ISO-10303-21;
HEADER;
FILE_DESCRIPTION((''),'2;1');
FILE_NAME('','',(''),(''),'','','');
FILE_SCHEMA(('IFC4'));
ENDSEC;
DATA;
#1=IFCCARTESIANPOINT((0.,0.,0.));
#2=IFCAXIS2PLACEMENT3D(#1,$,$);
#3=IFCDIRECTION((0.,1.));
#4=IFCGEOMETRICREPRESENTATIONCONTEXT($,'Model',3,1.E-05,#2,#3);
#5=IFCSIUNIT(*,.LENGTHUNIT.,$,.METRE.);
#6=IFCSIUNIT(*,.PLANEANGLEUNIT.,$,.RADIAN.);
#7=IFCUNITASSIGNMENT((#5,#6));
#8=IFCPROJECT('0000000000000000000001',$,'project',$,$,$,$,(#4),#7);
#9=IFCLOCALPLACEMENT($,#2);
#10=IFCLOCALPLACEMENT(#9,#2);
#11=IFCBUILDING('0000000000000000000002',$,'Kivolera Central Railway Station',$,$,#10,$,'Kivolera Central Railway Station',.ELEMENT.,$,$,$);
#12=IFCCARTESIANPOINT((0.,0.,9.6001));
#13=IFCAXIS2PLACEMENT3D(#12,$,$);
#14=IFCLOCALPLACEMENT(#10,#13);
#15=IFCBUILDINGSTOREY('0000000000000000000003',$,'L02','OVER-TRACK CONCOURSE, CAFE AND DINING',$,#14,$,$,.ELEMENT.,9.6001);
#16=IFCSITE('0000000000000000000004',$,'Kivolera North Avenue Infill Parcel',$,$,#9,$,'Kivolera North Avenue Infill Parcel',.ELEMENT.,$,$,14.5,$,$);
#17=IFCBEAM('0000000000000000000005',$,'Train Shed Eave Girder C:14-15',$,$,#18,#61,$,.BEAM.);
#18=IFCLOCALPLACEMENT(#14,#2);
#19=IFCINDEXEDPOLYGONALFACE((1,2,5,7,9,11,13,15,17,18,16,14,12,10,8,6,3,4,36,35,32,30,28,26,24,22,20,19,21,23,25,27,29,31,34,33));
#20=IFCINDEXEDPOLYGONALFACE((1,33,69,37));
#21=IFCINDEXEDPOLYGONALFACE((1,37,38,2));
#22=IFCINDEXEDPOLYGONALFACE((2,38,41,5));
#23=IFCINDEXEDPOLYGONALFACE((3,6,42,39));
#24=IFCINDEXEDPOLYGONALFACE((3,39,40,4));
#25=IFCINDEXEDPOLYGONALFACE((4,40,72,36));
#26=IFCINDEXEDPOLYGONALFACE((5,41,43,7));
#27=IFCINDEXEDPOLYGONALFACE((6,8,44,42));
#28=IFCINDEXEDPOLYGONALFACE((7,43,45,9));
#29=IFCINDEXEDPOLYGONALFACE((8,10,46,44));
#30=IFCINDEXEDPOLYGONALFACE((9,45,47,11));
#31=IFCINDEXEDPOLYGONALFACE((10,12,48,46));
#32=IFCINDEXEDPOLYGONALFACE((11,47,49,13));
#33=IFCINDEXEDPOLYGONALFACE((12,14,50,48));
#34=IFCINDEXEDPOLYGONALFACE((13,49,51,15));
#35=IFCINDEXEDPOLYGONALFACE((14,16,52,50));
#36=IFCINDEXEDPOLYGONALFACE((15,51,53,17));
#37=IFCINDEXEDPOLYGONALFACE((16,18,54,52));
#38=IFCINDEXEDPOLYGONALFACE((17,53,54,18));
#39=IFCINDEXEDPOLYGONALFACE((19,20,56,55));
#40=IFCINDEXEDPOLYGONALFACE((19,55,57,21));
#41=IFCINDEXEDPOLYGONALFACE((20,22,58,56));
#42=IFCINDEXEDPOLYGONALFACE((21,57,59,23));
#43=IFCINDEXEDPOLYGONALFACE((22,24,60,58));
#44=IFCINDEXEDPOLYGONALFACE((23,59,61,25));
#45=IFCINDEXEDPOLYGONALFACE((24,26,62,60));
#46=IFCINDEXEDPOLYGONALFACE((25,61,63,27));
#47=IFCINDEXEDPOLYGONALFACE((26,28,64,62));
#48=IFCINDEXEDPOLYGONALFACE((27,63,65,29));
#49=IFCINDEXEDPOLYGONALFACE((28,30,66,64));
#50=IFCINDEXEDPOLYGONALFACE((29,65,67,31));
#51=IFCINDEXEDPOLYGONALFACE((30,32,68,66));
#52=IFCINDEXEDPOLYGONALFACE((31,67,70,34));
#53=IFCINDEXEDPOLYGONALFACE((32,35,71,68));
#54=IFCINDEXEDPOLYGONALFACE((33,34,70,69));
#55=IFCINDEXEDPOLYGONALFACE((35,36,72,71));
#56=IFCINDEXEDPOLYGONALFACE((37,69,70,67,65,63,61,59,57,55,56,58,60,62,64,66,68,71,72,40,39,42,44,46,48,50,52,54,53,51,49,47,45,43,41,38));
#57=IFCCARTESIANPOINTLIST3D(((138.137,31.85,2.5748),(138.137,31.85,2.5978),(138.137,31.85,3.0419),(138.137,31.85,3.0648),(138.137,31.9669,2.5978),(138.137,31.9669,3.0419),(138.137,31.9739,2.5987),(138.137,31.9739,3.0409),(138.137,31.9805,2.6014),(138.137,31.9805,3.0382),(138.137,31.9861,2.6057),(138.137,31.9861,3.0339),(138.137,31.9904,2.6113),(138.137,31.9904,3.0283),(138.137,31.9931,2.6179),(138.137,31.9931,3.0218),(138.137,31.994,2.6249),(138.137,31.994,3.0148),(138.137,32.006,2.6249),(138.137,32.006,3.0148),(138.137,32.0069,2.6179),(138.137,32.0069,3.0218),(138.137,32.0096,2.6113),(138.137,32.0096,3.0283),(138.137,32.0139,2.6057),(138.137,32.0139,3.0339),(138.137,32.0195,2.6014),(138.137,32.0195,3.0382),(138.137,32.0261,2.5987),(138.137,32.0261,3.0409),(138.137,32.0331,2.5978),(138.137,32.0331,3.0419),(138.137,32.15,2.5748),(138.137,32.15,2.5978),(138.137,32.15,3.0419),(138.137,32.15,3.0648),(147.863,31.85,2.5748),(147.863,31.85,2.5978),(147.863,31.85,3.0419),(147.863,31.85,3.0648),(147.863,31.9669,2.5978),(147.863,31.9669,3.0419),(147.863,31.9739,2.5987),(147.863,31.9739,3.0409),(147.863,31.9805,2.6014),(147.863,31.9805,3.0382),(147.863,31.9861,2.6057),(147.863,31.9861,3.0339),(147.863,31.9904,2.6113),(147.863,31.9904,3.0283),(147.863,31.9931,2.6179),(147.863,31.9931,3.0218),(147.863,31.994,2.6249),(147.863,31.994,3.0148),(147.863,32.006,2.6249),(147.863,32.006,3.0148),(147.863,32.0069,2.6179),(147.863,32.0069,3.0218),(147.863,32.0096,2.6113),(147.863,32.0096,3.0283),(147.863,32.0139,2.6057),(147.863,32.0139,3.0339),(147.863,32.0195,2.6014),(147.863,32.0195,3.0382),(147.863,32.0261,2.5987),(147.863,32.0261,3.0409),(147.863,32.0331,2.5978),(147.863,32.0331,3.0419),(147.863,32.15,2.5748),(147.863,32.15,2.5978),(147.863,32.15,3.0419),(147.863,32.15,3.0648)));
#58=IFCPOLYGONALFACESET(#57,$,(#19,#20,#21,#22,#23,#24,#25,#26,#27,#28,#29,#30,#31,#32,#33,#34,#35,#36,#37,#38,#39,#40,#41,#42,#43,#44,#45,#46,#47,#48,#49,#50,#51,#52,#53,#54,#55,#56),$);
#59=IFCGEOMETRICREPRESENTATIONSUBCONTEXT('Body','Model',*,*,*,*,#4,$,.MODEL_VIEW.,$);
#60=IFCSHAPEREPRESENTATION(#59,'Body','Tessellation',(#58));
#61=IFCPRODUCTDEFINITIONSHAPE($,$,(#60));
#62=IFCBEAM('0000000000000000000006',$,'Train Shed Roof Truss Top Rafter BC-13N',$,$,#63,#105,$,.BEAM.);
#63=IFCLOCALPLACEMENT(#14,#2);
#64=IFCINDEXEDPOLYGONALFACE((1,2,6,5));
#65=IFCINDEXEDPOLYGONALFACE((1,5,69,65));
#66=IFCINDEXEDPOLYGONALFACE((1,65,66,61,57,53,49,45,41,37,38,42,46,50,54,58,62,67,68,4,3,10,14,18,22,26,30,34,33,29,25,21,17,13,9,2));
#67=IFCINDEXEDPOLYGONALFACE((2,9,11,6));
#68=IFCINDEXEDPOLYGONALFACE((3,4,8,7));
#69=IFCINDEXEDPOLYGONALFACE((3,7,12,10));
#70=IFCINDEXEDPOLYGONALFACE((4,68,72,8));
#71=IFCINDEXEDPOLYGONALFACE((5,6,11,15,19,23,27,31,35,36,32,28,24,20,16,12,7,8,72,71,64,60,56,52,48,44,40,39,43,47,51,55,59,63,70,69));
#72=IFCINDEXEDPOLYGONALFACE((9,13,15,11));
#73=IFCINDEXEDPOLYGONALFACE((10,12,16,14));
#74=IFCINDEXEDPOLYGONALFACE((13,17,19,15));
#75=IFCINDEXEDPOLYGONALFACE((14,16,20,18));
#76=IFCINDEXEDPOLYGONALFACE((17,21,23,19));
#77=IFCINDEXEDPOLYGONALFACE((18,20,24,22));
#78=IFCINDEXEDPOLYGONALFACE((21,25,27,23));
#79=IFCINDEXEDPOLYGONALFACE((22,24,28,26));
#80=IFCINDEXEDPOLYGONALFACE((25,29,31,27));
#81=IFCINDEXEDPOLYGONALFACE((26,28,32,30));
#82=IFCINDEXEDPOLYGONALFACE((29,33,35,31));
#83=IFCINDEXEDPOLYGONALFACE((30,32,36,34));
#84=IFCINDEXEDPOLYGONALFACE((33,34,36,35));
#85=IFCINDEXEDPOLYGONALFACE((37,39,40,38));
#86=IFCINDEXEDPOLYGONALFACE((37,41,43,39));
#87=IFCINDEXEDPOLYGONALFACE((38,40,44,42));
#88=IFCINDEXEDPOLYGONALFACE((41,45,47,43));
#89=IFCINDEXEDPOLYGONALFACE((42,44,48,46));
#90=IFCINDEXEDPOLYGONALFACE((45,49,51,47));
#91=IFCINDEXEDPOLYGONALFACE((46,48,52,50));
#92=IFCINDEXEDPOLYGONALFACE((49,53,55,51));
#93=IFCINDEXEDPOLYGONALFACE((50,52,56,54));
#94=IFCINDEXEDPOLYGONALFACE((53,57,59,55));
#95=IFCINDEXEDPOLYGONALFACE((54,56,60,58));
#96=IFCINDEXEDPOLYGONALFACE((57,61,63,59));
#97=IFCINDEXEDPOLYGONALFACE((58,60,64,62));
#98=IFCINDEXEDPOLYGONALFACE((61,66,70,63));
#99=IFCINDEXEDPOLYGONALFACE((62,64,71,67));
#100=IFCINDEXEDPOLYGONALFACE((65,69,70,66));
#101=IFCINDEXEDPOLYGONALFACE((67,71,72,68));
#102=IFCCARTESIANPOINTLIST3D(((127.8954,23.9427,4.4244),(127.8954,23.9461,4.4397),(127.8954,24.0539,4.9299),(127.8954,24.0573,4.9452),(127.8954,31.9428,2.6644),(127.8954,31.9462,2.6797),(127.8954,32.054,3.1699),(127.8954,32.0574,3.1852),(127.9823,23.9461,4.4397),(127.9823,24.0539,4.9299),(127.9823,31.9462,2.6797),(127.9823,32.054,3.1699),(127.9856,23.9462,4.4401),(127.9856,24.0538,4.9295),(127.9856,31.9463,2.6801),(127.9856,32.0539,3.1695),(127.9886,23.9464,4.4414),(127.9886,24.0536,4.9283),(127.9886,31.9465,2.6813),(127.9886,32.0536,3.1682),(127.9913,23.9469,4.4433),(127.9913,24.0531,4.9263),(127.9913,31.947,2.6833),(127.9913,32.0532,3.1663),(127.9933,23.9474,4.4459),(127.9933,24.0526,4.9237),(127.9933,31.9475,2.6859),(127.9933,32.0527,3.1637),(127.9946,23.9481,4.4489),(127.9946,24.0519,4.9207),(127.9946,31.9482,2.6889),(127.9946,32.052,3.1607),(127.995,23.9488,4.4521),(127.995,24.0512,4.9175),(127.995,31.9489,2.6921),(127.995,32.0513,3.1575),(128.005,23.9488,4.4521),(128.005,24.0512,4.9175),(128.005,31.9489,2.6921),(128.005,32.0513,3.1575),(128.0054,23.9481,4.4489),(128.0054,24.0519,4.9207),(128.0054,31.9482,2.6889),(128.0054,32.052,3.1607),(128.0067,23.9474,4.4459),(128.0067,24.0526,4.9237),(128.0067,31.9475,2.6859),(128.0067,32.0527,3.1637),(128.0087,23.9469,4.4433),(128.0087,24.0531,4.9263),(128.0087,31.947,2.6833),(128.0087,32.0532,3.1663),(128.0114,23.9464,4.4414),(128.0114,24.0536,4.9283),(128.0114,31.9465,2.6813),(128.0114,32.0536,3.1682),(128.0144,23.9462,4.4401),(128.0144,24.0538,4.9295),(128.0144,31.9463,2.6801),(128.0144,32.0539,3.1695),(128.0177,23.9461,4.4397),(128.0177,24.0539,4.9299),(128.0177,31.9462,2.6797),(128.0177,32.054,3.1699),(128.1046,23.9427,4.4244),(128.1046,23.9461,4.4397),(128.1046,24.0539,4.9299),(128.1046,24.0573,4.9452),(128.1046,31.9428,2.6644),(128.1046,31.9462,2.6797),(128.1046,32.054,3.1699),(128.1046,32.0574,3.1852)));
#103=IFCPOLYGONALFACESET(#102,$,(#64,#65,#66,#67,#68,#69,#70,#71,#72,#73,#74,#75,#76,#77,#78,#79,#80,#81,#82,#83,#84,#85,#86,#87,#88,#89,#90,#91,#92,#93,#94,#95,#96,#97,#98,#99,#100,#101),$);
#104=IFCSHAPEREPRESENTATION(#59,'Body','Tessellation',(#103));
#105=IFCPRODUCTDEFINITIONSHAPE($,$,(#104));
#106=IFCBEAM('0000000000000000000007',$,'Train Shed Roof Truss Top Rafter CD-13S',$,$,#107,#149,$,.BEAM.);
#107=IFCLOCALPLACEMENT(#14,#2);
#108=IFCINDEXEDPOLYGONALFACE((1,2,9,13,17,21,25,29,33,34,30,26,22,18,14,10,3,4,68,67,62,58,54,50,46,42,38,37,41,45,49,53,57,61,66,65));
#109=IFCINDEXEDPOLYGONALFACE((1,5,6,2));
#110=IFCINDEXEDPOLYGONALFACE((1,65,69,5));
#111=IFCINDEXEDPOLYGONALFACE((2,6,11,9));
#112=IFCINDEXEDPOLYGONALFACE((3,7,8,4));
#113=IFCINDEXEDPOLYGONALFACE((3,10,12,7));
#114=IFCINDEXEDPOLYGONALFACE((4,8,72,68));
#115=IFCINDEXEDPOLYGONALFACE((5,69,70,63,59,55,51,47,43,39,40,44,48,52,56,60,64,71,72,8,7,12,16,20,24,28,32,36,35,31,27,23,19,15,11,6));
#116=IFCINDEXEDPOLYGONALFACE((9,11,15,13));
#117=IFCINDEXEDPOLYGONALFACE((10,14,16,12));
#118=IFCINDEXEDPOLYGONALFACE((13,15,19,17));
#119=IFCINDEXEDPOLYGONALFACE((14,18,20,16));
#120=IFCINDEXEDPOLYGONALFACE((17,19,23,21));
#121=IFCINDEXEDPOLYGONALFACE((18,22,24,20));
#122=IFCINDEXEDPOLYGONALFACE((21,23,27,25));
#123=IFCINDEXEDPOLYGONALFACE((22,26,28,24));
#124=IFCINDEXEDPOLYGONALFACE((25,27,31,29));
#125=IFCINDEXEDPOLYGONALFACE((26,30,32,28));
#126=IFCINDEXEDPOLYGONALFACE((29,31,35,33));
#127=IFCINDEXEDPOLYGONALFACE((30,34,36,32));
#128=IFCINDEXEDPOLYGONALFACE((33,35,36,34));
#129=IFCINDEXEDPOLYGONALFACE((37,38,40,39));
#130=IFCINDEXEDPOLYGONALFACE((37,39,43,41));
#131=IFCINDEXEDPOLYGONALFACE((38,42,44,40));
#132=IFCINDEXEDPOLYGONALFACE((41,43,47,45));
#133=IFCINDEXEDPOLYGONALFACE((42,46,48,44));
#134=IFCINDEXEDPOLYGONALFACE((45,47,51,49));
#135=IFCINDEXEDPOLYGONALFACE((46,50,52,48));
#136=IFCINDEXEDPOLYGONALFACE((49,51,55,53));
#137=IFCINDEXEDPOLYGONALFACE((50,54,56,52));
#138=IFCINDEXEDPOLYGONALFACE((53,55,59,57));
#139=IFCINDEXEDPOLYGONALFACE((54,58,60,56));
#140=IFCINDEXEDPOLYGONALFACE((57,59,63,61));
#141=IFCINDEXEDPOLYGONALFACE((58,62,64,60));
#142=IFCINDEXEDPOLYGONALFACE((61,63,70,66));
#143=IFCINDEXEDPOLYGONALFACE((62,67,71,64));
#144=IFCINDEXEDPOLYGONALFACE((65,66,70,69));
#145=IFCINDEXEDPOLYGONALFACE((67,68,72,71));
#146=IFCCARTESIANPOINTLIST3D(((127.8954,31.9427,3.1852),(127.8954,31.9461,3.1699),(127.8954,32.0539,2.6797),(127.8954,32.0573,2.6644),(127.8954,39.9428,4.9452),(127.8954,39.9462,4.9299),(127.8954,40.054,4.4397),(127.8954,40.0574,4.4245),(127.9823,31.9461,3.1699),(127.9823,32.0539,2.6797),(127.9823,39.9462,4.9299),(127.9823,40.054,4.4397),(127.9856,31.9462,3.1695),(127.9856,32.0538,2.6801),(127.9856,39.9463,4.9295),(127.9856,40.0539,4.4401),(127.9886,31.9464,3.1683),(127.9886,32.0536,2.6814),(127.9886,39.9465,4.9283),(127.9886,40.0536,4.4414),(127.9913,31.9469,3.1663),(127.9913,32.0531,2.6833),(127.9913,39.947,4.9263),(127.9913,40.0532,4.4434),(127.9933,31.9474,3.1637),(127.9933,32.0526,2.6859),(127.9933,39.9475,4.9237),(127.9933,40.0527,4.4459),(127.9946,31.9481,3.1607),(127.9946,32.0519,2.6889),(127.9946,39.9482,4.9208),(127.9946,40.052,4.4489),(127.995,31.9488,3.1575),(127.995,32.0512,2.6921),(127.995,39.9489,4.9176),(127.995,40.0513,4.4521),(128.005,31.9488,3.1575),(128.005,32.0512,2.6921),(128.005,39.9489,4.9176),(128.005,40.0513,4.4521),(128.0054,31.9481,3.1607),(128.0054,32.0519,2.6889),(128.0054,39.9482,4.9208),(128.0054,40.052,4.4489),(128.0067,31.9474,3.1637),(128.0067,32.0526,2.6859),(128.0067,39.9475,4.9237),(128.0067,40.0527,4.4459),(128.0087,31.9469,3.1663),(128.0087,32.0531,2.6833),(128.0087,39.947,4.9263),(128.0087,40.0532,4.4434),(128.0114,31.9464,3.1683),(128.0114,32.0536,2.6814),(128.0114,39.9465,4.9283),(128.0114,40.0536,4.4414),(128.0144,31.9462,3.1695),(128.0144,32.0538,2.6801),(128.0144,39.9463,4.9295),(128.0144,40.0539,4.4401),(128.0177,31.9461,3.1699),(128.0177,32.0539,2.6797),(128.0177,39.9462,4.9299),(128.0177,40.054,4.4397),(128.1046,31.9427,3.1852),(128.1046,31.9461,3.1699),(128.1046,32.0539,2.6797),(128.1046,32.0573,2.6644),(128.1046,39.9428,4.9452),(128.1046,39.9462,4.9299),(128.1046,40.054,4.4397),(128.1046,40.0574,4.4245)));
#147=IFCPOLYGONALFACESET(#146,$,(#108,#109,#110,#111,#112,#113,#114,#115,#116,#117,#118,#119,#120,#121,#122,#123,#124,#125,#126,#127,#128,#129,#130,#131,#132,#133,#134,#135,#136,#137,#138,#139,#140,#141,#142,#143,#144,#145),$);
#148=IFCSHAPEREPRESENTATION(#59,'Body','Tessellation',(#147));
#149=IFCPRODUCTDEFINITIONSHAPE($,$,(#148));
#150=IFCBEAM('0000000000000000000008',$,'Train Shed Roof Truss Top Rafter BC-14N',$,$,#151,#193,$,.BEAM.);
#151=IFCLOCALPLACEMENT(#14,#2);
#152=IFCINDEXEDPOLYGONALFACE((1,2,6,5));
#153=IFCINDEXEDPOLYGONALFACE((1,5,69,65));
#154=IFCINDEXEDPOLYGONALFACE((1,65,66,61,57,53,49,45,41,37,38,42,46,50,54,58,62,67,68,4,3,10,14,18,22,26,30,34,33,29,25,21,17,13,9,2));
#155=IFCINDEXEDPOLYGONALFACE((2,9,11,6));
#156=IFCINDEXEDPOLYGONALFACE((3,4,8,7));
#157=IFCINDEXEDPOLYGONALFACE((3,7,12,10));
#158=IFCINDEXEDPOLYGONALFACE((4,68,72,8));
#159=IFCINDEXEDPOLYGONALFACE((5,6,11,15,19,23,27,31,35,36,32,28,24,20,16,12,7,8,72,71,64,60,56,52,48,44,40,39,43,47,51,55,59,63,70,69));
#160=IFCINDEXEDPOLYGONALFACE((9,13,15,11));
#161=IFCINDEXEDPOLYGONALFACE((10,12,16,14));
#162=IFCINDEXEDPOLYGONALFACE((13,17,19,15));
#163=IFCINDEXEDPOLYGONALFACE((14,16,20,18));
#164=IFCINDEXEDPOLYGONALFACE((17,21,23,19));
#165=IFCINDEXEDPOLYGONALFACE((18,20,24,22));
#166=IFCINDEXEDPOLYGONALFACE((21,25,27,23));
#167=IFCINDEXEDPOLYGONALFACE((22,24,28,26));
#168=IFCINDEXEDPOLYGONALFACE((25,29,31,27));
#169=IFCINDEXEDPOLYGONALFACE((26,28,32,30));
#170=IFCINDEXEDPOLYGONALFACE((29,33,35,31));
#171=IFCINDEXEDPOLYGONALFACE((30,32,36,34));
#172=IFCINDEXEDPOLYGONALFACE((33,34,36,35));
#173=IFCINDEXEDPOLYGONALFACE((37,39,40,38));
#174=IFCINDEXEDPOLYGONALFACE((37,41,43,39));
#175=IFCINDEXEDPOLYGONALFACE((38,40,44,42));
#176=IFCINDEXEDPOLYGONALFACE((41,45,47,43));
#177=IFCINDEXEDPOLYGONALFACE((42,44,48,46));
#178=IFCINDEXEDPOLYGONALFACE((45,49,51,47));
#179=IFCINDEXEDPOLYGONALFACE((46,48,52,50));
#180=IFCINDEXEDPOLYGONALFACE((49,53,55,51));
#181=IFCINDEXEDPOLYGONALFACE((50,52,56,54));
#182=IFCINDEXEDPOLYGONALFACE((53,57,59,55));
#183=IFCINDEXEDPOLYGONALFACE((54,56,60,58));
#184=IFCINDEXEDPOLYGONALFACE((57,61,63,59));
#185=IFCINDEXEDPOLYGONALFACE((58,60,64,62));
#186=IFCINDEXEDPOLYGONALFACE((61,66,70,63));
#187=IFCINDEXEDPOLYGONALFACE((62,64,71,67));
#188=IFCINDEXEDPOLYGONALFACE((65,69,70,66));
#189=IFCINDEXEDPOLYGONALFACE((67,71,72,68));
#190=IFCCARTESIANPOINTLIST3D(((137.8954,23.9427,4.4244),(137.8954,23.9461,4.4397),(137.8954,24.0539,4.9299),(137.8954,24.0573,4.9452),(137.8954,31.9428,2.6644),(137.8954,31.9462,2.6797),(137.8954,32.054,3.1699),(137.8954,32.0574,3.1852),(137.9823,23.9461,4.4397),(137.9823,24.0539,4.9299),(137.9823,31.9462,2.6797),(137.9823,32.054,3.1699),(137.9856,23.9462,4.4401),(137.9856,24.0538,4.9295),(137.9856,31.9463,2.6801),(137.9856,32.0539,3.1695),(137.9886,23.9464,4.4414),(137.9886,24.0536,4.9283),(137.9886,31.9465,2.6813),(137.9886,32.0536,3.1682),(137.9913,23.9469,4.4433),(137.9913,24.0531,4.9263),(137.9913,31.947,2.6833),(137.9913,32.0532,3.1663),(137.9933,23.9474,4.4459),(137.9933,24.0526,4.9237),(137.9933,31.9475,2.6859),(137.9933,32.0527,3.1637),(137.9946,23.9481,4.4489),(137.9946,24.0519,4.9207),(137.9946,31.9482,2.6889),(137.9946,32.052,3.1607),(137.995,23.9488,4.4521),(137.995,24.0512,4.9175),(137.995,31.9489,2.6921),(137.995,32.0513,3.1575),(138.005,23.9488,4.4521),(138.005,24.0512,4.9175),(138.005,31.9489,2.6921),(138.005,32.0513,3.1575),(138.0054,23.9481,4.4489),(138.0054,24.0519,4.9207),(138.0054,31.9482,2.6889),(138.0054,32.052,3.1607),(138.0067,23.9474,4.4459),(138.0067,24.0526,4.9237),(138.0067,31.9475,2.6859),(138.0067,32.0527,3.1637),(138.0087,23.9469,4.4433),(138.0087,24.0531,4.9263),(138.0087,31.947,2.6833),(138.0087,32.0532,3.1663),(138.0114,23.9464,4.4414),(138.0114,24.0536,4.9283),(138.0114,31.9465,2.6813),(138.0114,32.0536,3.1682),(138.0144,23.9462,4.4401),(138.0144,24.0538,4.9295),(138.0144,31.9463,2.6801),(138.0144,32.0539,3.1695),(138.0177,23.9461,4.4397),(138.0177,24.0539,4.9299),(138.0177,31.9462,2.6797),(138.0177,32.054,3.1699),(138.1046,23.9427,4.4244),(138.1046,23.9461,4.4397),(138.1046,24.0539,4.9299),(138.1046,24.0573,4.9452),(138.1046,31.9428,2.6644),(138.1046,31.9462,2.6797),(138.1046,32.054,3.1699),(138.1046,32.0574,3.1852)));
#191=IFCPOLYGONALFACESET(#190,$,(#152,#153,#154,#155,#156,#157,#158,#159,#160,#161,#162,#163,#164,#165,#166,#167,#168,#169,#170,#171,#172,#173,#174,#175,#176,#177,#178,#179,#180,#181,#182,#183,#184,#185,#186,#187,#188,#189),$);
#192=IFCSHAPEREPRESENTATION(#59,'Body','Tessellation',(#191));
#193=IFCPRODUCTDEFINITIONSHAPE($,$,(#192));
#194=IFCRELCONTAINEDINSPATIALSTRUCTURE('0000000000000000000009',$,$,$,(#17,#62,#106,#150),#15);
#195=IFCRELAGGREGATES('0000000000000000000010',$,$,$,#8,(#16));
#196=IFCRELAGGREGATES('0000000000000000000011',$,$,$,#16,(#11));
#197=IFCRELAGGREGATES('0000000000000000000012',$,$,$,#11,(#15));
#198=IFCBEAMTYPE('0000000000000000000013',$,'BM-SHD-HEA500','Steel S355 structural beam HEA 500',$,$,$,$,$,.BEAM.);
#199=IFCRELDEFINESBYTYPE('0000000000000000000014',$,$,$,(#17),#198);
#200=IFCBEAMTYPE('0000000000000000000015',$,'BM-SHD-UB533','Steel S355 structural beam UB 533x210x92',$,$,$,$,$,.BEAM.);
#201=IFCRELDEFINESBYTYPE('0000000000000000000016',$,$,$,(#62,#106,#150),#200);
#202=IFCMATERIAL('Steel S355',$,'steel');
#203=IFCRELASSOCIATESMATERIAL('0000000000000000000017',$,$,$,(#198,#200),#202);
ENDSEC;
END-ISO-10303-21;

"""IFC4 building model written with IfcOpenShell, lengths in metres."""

from ifc_helpers import new_model, si_unit, direction, frame, origin, origin_2d, place, context, subcontext, project, spatial, i_section, extrude, material, material_profile, profile_set, type_object, element, save


model = new_model("IFC4")

# Units and contexts
model_context = context("Model", 3, precision=1e-05, world=origin(), true_north=direction((0.0, 1.0)))
body_context = subcontext(model_context, "Body", "Model", "MODEL_VIEW")
ifc_project = project(units=[si_unit("LENGTHUNIT", "METRE"), si_unit("PLANEANGLEUNIT", "RADIAN")], contexts=[model_context])

# Site, building, storey
site_placement = place(None, origin())
site = spatial("IfcSite", under=ifc_project, at=site_placement, Name="Kivolera North Avenue Infill Parcel", LongName="Kivolera North Avenue Infill Parcel", CompositionType="ELEMENT", RefElevation=14.5)
building_placement = place(site_placement, origin())
building = spatial("IfcBuilding", under=site, at=building_placement, Name="Kivolera Central Railway Station", LongName="Kivolera Central Railway Station", CompositionType="ELEMENT")
storey_placement = place(building_placement, frame((0.0, 0.0, 9.6001)))
storey = spatial("IfcBuildingStorey", under=building, at=storey_placement, Name="L02", Description="OVER-TRACK CONCOURSE, CAFE AND DINING", CompositionType="ELEMENT", Elevation=9.6001)

# Shared definitions
ifc_material_1 = material(Name="Steel S355", Category="steel")

# Beams
ifc_material_profile_1 = material_profile(ifc_material_1, i_section(OverallWidth=0.3, OverallDepth=0.49, WebThickness=0.012, FlangeThickness=0.0229, FilletRadius=0.0271, at=origin_2d()), Name="HEA 500")
ifc_profile_set_1 = profile_set([ifc_material_profile_1], Name="Steel S355")
beam_type_1 = type_object("IfcBeamType", Name="BM-SHD-HEA500", Description="Steel S355 structural beam HEA 500", PredefinedType="BEAM", material=ifc_profile_set_1)
for number, where, z_axis, x_axis, name in (
    (1, (138.137, 32.0, 2.8198), (1.0, 0.0, 0.0), (0.0, 1.0, 0.0), "Train Shed Eave Girder C:14-15"),
):
    element("IfcBeam", number, at=place(storey_placement, frame(where, z_axis=z_axis, x_axis=x_axis)), inside=storey, type_object=beam_type_1, Name=name, PredefinedType="BEAM", context=body_context, shape_type="SweptSolid", body=[
        extrude(i_section(OverallWidth=0.3, OverallDepth=0.49, WebThickness=0.012, FlangeThickness=0.0229, FilletRadius=0.0271, at=origin_2d()), origin(), (0.0, 0.0, 1.0), 9.7261),
    ])
ifc_material_profile_2 = material_profile(ifc_material_1, i_section(OverallWidth=0.2092, OverallDepth=0.5332, WebThickness=0.01, FlangeThickness=0.0156, FilletRadius=0.0127, at=origin_2d()), Name="UB 533x210x92")
ifc_profile_set_2 = profile_set([ifc_material_profile_2], Name="Steel S355")
beam_type_2 = type_object("IfcBeamType", Name="BM-SHD-UB533", Description="Steel S355 structural beam UB 533x210x92", PredefinedType="BEAM", material=ifc_profile_set_2)
for number, where, z_axis, x_axis, name in (
    (2, (128.0, 24.0, 4.6848), (0.0, 0.976644, -0.214863), (-1.0, 0.0, 0.0), "Train Shed Roof Truss Top Rafter BC-13N"),
    (3, (128.0, 32.0, 2.9248), (0.0, 0.976644, 0.214863), (-1.0, 0.0, 0.0), "Train Shed Roof Truss Top Rafter CD-13S"),
    (4, (138.0, 24.0, 4.6848), (0.0, 0.976644, -0.214863), (-1.0, 0.0, 0.0), "Train Shed Roof Truss Top Rafter BC-14N"),
):
    element("IfcBeam", number, at=place(storey_placement, frame(where, z_axis=z_axis, x_axis=x_axis)), inside=storey, type_object=beam_type_2, Name=name, PredefinedType="BEAM", context=body_context, shape_type="SweptSolid", body=[
        extrude(i_section(OverallWidth=0.2092, OverallDepth=0.5332, WebThickness=0.01, FlangeThickness=0.0156, FilletRadius=0.0127, at=origin_2d()), origin(), (0.0, 0.0, 1.0), 8.1914),
    ])

save(model, "model.ifc")
